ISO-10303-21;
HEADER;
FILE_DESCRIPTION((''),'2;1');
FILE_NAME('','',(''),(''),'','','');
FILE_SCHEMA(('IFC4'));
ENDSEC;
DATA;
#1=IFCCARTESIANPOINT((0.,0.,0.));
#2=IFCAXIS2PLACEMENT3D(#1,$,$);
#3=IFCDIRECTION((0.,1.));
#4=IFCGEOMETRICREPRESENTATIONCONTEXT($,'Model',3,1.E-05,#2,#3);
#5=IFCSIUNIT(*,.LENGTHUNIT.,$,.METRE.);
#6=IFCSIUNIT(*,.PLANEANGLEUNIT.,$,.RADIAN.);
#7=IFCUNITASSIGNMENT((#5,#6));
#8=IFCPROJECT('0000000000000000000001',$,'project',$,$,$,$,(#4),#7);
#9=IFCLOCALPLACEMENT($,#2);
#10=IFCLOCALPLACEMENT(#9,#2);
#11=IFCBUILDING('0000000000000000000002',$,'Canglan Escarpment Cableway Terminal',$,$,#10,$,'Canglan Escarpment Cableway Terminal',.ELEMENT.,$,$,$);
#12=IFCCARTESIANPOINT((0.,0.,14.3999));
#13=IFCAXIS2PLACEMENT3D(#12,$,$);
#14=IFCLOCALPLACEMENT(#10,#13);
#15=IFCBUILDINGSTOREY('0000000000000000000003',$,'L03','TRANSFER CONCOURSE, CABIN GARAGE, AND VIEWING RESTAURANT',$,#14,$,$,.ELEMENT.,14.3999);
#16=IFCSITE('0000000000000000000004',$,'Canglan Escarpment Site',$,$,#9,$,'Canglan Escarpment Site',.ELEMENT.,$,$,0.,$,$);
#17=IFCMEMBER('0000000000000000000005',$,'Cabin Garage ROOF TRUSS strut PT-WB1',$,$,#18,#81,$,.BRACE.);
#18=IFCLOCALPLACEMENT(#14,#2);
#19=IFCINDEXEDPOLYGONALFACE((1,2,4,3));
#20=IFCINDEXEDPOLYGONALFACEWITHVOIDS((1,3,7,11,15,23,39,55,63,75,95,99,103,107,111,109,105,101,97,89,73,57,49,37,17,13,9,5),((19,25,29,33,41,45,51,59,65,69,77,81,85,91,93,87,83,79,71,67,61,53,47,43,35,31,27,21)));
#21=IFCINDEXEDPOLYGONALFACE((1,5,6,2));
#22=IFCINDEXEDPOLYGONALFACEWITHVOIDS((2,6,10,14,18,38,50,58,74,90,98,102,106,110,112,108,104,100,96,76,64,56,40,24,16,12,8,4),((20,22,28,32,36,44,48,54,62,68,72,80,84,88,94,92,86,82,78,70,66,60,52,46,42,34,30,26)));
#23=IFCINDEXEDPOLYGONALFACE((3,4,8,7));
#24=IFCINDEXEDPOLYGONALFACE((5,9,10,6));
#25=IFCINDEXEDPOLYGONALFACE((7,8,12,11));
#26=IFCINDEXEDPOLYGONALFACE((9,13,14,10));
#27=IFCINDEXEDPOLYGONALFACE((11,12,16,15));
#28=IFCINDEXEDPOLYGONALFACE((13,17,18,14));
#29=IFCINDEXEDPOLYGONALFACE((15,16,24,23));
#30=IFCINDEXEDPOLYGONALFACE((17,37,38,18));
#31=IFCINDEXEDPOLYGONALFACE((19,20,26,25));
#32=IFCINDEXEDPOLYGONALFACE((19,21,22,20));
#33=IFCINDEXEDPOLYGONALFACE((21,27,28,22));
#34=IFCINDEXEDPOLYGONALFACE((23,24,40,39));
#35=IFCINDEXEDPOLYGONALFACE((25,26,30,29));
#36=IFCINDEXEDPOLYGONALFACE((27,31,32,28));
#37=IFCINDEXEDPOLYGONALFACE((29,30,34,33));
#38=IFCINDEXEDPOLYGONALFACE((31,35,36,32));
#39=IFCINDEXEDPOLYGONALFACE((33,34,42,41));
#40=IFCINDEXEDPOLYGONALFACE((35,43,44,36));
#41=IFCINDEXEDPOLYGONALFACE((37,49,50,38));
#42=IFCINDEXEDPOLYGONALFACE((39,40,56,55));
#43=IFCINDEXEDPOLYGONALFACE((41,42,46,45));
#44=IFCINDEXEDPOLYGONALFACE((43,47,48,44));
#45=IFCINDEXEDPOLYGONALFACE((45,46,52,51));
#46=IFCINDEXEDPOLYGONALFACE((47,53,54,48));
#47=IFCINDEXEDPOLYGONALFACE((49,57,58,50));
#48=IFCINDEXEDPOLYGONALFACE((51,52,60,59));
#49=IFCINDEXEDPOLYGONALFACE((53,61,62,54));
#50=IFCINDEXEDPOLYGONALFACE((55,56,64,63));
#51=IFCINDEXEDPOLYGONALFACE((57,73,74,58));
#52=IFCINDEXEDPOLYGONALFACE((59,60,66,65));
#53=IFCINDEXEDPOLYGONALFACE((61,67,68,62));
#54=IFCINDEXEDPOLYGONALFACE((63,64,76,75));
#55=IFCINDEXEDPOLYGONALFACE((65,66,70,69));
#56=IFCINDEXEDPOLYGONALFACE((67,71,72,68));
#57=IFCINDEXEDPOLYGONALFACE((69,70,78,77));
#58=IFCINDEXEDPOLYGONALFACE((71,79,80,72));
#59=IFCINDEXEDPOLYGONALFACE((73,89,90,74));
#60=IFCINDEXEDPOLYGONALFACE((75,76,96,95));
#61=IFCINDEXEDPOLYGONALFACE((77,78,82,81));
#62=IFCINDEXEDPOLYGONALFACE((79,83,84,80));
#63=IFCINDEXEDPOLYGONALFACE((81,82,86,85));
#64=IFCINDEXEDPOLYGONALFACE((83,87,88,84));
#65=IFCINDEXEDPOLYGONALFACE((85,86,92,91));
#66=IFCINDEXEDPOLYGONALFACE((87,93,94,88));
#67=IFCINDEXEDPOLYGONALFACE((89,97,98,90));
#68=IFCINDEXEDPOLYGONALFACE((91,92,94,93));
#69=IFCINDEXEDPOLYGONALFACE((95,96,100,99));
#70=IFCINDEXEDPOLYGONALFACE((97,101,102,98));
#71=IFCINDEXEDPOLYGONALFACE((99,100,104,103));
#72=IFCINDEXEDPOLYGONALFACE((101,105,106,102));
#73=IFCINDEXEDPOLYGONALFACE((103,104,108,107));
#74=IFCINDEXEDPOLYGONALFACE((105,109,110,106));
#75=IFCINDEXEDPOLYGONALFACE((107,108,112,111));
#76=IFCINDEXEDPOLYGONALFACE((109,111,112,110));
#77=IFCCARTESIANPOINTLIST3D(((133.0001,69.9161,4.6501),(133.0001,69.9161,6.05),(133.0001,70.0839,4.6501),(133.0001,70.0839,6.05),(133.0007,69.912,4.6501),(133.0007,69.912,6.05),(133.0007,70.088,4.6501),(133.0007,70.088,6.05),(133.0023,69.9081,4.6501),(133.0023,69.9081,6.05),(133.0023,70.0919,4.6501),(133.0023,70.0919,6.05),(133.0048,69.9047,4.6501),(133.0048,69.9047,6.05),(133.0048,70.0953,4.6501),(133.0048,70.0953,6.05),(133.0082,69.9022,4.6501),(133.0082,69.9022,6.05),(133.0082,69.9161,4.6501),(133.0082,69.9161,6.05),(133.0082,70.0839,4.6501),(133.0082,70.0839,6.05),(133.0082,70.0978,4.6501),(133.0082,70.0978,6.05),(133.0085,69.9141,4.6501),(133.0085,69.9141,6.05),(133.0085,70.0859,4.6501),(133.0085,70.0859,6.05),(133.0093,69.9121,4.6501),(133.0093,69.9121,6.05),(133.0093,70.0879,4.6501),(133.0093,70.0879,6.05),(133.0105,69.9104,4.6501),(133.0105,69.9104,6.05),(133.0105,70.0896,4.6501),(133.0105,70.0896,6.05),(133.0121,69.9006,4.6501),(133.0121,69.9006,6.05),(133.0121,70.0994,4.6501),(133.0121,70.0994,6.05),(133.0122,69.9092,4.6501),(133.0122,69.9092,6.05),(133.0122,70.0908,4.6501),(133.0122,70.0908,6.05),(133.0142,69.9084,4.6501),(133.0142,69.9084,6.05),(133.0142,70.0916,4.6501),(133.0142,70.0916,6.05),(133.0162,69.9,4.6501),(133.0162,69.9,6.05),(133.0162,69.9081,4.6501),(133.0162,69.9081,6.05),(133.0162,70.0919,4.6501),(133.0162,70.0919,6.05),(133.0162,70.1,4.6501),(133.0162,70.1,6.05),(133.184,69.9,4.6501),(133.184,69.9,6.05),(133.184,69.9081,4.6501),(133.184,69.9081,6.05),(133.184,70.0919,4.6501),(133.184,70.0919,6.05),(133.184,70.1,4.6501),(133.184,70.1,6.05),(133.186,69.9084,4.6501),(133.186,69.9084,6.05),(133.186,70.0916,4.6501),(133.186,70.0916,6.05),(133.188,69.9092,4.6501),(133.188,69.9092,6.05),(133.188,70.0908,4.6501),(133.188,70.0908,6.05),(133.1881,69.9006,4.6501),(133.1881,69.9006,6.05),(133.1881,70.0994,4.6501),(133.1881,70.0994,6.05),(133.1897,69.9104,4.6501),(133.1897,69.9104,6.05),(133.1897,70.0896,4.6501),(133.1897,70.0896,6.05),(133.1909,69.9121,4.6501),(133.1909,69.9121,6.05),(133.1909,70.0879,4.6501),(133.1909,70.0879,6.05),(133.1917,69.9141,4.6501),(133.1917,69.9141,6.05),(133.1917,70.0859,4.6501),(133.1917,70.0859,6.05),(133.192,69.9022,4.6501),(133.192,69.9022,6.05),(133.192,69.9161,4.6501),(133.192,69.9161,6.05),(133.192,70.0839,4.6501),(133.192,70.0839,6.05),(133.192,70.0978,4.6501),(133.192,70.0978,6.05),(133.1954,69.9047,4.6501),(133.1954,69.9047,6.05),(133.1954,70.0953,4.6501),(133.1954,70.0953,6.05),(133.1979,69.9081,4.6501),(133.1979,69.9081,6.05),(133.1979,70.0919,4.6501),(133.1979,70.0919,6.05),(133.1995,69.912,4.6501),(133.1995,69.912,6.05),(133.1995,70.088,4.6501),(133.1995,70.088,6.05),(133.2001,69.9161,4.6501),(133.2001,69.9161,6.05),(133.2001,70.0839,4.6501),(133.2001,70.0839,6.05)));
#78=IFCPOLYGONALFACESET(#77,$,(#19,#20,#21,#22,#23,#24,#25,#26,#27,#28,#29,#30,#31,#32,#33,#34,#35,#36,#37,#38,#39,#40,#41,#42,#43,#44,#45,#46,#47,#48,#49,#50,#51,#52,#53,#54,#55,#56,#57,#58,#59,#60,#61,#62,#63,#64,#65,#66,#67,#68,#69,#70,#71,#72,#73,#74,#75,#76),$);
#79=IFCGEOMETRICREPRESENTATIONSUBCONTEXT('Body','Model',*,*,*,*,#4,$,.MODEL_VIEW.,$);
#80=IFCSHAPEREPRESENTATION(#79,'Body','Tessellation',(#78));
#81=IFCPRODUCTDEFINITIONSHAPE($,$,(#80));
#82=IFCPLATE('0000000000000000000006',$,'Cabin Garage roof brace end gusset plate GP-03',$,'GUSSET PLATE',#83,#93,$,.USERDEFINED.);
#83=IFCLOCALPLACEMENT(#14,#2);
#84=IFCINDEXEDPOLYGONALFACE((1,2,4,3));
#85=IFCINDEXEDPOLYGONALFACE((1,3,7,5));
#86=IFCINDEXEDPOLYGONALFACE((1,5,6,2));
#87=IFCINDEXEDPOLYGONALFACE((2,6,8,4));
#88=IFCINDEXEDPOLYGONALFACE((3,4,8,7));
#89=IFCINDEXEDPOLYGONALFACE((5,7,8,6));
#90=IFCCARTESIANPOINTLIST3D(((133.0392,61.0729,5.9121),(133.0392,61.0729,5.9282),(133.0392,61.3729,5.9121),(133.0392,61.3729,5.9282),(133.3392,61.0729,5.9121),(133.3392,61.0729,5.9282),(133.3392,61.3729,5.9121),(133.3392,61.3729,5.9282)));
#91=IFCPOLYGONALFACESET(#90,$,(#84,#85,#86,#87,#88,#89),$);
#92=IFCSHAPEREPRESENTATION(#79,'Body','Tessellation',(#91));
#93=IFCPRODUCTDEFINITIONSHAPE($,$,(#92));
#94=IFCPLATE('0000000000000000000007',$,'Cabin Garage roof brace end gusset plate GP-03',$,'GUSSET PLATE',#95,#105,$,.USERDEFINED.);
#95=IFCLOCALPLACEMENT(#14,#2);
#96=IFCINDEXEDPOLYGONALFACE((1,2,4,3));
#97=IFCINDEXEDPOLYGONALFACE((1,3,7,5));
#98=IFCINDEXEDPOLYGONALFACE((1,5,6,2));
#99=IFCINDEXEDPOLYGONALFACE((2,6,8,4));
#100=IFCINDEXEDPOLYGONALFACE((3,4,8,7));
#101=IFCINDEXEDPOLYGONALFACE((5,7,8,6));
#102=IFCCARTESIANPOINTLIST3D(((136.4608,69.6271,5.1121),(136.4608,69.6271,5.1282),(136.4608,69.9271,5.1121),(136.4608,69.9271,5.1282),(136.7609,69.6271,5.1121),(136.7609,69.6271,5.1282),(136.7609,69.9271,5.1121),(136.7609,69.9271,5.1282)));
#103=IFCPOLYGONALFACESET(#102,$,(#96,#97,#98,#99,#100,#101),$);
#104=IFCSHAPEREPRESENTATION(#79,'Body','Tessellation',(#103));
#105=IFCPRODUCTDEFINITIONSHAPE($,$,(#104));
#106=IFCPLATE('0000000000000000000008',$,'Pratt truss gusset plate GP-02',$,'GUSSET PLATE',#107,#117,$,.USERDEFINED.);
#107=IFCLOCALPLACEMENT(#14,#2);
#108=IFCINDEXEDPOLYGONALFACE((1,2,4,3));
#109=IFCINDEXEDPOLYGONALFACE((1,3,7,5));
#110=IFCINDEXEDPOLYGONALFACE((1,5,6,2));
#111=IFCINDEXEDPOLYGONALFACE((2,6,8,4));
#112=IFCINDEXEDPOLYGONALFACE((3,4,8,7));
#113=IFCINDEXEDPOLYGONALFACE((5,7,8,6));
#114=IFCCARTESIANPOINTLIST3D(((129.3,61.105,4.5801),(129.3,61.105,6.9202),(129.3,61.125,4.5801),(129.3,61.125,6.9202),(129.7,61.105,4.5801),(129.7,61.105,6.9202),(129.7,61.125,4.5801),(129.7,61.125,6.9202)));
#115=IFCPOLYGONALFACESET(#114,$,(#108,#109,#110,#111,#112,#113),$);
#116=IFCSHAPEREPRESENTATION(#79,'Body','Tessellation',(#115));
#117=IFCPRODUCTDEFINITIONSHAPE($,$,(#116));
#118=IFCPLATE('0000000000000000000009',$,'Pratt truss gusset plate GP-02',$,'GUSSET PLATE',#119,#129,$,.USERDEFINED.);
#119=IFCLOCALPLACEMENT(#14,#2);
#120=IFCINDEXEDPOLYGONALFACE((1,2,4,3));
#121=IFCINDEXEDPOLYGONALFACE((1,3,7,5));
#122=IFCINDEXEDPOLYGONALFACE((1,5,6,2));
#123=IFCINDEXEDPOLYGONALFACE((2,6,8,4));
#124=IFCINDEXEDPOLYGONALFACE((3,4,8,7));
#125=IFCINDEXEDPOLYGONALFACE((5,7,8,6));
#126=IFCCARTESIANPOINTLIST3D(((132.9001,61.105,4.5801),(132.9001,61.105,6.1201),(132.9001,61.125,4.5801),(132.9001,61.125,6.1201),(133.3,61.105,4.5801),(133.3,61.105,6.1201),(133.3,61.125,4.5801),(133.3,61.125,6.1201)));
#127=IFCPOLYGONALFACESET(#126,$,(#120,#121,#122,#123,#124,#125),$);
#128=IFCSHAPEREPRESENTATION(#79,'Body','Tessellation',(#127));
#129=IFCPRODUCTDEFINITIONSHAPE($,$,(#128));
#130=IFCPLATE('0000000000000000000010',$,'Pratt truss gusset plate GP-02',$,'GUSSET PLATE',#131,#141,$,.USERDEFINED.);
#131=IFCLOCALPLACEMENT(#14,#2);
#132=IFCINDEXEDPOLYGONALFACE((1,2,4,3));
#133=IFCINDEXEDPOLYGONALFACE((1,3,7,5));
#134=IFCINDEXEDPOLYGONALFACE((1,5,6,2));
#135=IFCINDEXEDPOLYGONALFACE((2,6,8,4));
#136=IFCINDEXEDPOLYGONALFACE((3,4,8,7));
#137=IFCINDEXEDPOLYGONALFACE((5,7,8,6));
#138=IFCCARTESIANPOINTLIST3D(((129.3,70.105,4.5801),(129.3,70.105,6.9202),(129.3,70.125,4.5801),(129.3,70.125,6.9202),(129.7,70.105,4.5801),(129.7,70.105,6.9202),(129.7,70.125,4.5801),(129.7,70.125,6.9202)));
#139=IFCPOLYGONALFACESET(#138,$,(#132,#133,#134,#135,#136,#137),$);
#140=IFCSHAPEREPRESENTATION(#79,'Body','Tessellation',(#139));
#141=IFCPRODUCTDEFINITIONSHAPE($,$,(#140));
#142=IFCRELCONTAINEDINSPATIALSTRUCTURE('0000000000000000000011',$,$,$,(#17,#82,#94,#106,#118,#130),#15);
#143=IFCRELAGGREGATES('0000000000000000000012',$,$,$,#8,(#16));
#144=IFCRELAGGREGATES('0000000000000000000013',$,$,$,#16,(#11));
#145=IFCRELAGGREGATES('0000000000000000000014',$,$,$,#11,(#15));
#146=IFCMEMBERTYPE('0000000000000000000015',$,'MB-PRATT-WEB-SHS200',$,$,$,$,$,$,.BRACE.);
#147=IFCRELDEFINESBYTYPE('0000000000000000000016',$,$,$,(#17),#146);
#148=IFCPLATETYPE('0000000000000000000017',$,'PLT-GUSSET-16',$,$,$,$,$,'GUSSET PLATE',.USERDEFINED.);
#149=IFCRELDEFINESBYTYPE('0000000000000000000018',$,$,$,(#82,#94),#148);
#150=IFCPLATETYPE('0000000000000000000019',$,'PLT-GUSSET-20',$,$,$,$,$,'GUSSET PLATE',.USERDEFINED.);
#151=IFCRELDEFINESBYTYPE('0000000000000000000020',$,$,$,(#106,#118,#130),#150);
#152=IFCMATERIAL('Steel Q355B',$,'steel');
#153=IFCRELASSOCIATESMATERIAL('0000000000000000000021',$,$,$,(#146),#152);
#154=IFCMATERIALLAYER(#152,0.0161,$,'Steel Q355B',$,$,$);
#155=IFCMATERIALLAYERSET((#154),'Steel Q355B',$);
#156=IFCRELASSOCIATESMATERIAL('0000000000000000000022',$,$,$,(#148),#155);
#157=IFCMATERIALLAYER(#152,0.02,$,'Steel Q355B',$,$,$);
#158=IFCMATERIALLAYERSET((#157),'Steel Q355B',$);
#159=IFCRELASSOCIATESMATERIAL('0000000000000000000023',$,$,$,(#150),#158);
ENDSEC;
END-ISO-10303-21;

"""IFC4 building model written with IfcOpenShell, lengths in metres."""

from ifc_helpers import new_model, si_unit, direction, frame, origin, origin_2d, place, context, subcontext, project, spatial, rectangle, hollow_rectangle, extrude, material, layer, layer_set, material_profile, profile_set, type_object, element, save


model = new_model("IFC4")

# Units and contexts
model_context = context("Model", 3, precision=1e-05, world=origin(), true_north=direction((0.0, 1.0)))
body_context = subcontext(model_context, "Body", "Model", "MODEL_VIEW")
ifc_project = project(units=[si_unit("LENGTHUNIT", "METRE"), si_unit("PLANEANGLEUNIT", "RADIAN")], contexts=[model_context])

# Site, building, storey
site_placement = place(None, origin())
site = spatial("IfcSite", under=ifc_project, at=site_placement, Name="Canglan Escarpment Site", LongName="Canglan Escarpment Site", CompositionType="ELEMENT", RefElevation=0.0)
building_placement = place(site_placement, origin())
building = spatial("IfcBuilding", under=site, at=building_placement, Name="Canglan Escarpment Cableway Terminal", LongName="Canglan Escarpment Cableway Terminal", CompositionType="ELEMENT")
storey_placement = place(building_placement, frame((0.0, 0.0, 14.3999)))
storey = spatial("IfcBuildingStorey", under=building, at=storey_placement, Name="L03", Description="TRANSFER CONCOURSE, CABIN GARAGE, AND VIEWING RESTAURANT", CompositionType="ELEMENT", Elevation=14.3999)

# Shared definitions
ifc_material_1 = material(Name="Steel Q355B", Category="steel")

# Member
ifc_material_profile_1 = material_profile(ifc_material_1, hollow_rectangle(XDim=0.2, YDim=0.2, WallThickness=0.0081, InnerFilletRadius=0.0081, OuterFilletRadius=0.0161, at=origin_2d()), Name="SHS 200x200x8")
ifc_profile_set_1 = profile_set([ifc_material_profile_1], Name="Steel Q355B")
member_type_1 = type_object("IfcMemberType", Name="MB-PRATT-WEB-SHS200", PredefinedType="BRACE", material=ifc_profile_set_1)
member_1_placement = place(storey_placement, frame((133.1001, 70.0, 4.6501), z_axis=(0.0, 0.0, 1.0), x_axis=(1.0, 0.0, 0.0)))
element("IfcMember", 1, at=member_1_placement, inside=storey, type_object=member_type_1, Name="Cabin Garage ROOF TRUSS strut PT-WB1", PredefinedType="BRACE", context=body_context, shape_type="SweptSolid", body=[
    extrude(hollow_rectangle(XDim=0.2, YDim=0.2, WallThickness=0.0081, InnerFilletRadius=0.0081, OuterFilletRadius=0.0161, at=origin_2d()), origin(), (0.0, 0.0, 1.0), 1.3999),
])

# Plates
ifc_layer_1 = layer(ifc_material_1, 0.0161, Name="Steel Q355B")
ifc_layer_set_1 = layer_set([ifc_layer_1], Name="Steel Q355B")
plate_type_1 = type_object("IfcPlateType", Name="PLT-GUSSET-16", ElementType="GUSSET PLATE", PredefinedType="USERDEFINED", material=ifc_layer_set_1)
for number, where, z_axis, x_axis, name in (
    (2, (133.1892, 61.2229, 5.9121), (0.0, 0.0, 1.0), (1.0, 0.0, 0.0), "Cabin Garage roof brace end gusset plate GP-03"),
    (3, (136.6108, 69.7771, 5.1121), (0.0, 0.0, 1.0), (1.0, 0.0, 0.0), "Cabin Garage roof brace end gusset plate GP-03"),
):
    element("IfcPlate", number, at=place(storey_placement, frame(where, z_axis=z_axis, x_axis=x_axis)), inside=storey, type_object=plate_type_1, Name=name, ObjectType="GUSSET PLATE", PredefinedType="USERDEFINED", context=body_context, shape_type="SweptSolid", body=[
        extrude(rectangle(XDim=0.3, YDim=0.3, at=origin_2d()), origin(), (0.0, 0.0, 1.0), 0.0161),
    ])
ifc_layer_2 = layer(ifc_material_1, 0.02, Name="Steel Q355B")
ifc_layer_set_2 = layer_set([ifc_layer_2], Name="Steel Q355B")
plate_type_2 = type_object("IfcPlateType", Name="PLT-GUSSET-20", ElementType="GUSSET PLATE", PredefinedType="USERDEFINED", material=ifc_layer_set_2)
plate_1_placement = place(storey_placement, frame((129.5, 61.115, 4.5801), z_axis=(0.0, 0.0, 1.0), x_axis=(1.0, 0.0, 0.0)))
element("IfcPlate", 4, at=plate_1_placement, inside=storey, type_object=plate_type_2, Name="Pratt truss gusset plate GP-02", ObjectType="GUSSET PLATE", PredefinedType="USERDEFINED", context=body_context, shape_type="SweptSolid", body=[
    extrude(rectangle(XDim=0.3999, YDim=0.02, at=origin_2d()), origin(), (0.0, 0.0, 1.0), 2.3401),
])
plate_2_placement = place(storey_placement, frame((133.1001, 61.115, 4.5801), z_axis=(0.0, 0.0, 1.0), x_axis=(1.0, 0.0, 0.0)))
element("IfcPlate", 5, at=plate_2_placement, inside=storey, type_object=plate_type_2, Name="Pratt truss gusset plate GP-02", ObjectType="GUSSET PLATE", PredefinedType="USERDEFINED", context=body_context, shape_type="SweptSolid", body=[
    extrude(rectangle(XDim=0.3999, YDim=0.02, at=origin_2d()), origin(), (0.0, 0.0, 1.0), 1.54),
])
plate_3_placement = place(storey_placement, frame((129.5, 70.115, 4.5801), z_axis=(0.0, 0.0, 1.0), x_axis=(1.0, 0.0, 0.0)))
element("IfcPlate", 6, at=plate_3_placement, inside=storey, type_object=plate_type_2, Name="Pratt truss gusset plate GP-02", ObjectType="GUSSET PLATE", PredefinedType="USERDEFINED", context=body_context, shape_type="SweptSolid", body=[
    extrude(rectangle(XDim=0.3999, YDim=0.02, at=origin_2d()), origin(), (0.0, 0.0, 1.0), 2.3401),
])

save(model, "model.ifc")
